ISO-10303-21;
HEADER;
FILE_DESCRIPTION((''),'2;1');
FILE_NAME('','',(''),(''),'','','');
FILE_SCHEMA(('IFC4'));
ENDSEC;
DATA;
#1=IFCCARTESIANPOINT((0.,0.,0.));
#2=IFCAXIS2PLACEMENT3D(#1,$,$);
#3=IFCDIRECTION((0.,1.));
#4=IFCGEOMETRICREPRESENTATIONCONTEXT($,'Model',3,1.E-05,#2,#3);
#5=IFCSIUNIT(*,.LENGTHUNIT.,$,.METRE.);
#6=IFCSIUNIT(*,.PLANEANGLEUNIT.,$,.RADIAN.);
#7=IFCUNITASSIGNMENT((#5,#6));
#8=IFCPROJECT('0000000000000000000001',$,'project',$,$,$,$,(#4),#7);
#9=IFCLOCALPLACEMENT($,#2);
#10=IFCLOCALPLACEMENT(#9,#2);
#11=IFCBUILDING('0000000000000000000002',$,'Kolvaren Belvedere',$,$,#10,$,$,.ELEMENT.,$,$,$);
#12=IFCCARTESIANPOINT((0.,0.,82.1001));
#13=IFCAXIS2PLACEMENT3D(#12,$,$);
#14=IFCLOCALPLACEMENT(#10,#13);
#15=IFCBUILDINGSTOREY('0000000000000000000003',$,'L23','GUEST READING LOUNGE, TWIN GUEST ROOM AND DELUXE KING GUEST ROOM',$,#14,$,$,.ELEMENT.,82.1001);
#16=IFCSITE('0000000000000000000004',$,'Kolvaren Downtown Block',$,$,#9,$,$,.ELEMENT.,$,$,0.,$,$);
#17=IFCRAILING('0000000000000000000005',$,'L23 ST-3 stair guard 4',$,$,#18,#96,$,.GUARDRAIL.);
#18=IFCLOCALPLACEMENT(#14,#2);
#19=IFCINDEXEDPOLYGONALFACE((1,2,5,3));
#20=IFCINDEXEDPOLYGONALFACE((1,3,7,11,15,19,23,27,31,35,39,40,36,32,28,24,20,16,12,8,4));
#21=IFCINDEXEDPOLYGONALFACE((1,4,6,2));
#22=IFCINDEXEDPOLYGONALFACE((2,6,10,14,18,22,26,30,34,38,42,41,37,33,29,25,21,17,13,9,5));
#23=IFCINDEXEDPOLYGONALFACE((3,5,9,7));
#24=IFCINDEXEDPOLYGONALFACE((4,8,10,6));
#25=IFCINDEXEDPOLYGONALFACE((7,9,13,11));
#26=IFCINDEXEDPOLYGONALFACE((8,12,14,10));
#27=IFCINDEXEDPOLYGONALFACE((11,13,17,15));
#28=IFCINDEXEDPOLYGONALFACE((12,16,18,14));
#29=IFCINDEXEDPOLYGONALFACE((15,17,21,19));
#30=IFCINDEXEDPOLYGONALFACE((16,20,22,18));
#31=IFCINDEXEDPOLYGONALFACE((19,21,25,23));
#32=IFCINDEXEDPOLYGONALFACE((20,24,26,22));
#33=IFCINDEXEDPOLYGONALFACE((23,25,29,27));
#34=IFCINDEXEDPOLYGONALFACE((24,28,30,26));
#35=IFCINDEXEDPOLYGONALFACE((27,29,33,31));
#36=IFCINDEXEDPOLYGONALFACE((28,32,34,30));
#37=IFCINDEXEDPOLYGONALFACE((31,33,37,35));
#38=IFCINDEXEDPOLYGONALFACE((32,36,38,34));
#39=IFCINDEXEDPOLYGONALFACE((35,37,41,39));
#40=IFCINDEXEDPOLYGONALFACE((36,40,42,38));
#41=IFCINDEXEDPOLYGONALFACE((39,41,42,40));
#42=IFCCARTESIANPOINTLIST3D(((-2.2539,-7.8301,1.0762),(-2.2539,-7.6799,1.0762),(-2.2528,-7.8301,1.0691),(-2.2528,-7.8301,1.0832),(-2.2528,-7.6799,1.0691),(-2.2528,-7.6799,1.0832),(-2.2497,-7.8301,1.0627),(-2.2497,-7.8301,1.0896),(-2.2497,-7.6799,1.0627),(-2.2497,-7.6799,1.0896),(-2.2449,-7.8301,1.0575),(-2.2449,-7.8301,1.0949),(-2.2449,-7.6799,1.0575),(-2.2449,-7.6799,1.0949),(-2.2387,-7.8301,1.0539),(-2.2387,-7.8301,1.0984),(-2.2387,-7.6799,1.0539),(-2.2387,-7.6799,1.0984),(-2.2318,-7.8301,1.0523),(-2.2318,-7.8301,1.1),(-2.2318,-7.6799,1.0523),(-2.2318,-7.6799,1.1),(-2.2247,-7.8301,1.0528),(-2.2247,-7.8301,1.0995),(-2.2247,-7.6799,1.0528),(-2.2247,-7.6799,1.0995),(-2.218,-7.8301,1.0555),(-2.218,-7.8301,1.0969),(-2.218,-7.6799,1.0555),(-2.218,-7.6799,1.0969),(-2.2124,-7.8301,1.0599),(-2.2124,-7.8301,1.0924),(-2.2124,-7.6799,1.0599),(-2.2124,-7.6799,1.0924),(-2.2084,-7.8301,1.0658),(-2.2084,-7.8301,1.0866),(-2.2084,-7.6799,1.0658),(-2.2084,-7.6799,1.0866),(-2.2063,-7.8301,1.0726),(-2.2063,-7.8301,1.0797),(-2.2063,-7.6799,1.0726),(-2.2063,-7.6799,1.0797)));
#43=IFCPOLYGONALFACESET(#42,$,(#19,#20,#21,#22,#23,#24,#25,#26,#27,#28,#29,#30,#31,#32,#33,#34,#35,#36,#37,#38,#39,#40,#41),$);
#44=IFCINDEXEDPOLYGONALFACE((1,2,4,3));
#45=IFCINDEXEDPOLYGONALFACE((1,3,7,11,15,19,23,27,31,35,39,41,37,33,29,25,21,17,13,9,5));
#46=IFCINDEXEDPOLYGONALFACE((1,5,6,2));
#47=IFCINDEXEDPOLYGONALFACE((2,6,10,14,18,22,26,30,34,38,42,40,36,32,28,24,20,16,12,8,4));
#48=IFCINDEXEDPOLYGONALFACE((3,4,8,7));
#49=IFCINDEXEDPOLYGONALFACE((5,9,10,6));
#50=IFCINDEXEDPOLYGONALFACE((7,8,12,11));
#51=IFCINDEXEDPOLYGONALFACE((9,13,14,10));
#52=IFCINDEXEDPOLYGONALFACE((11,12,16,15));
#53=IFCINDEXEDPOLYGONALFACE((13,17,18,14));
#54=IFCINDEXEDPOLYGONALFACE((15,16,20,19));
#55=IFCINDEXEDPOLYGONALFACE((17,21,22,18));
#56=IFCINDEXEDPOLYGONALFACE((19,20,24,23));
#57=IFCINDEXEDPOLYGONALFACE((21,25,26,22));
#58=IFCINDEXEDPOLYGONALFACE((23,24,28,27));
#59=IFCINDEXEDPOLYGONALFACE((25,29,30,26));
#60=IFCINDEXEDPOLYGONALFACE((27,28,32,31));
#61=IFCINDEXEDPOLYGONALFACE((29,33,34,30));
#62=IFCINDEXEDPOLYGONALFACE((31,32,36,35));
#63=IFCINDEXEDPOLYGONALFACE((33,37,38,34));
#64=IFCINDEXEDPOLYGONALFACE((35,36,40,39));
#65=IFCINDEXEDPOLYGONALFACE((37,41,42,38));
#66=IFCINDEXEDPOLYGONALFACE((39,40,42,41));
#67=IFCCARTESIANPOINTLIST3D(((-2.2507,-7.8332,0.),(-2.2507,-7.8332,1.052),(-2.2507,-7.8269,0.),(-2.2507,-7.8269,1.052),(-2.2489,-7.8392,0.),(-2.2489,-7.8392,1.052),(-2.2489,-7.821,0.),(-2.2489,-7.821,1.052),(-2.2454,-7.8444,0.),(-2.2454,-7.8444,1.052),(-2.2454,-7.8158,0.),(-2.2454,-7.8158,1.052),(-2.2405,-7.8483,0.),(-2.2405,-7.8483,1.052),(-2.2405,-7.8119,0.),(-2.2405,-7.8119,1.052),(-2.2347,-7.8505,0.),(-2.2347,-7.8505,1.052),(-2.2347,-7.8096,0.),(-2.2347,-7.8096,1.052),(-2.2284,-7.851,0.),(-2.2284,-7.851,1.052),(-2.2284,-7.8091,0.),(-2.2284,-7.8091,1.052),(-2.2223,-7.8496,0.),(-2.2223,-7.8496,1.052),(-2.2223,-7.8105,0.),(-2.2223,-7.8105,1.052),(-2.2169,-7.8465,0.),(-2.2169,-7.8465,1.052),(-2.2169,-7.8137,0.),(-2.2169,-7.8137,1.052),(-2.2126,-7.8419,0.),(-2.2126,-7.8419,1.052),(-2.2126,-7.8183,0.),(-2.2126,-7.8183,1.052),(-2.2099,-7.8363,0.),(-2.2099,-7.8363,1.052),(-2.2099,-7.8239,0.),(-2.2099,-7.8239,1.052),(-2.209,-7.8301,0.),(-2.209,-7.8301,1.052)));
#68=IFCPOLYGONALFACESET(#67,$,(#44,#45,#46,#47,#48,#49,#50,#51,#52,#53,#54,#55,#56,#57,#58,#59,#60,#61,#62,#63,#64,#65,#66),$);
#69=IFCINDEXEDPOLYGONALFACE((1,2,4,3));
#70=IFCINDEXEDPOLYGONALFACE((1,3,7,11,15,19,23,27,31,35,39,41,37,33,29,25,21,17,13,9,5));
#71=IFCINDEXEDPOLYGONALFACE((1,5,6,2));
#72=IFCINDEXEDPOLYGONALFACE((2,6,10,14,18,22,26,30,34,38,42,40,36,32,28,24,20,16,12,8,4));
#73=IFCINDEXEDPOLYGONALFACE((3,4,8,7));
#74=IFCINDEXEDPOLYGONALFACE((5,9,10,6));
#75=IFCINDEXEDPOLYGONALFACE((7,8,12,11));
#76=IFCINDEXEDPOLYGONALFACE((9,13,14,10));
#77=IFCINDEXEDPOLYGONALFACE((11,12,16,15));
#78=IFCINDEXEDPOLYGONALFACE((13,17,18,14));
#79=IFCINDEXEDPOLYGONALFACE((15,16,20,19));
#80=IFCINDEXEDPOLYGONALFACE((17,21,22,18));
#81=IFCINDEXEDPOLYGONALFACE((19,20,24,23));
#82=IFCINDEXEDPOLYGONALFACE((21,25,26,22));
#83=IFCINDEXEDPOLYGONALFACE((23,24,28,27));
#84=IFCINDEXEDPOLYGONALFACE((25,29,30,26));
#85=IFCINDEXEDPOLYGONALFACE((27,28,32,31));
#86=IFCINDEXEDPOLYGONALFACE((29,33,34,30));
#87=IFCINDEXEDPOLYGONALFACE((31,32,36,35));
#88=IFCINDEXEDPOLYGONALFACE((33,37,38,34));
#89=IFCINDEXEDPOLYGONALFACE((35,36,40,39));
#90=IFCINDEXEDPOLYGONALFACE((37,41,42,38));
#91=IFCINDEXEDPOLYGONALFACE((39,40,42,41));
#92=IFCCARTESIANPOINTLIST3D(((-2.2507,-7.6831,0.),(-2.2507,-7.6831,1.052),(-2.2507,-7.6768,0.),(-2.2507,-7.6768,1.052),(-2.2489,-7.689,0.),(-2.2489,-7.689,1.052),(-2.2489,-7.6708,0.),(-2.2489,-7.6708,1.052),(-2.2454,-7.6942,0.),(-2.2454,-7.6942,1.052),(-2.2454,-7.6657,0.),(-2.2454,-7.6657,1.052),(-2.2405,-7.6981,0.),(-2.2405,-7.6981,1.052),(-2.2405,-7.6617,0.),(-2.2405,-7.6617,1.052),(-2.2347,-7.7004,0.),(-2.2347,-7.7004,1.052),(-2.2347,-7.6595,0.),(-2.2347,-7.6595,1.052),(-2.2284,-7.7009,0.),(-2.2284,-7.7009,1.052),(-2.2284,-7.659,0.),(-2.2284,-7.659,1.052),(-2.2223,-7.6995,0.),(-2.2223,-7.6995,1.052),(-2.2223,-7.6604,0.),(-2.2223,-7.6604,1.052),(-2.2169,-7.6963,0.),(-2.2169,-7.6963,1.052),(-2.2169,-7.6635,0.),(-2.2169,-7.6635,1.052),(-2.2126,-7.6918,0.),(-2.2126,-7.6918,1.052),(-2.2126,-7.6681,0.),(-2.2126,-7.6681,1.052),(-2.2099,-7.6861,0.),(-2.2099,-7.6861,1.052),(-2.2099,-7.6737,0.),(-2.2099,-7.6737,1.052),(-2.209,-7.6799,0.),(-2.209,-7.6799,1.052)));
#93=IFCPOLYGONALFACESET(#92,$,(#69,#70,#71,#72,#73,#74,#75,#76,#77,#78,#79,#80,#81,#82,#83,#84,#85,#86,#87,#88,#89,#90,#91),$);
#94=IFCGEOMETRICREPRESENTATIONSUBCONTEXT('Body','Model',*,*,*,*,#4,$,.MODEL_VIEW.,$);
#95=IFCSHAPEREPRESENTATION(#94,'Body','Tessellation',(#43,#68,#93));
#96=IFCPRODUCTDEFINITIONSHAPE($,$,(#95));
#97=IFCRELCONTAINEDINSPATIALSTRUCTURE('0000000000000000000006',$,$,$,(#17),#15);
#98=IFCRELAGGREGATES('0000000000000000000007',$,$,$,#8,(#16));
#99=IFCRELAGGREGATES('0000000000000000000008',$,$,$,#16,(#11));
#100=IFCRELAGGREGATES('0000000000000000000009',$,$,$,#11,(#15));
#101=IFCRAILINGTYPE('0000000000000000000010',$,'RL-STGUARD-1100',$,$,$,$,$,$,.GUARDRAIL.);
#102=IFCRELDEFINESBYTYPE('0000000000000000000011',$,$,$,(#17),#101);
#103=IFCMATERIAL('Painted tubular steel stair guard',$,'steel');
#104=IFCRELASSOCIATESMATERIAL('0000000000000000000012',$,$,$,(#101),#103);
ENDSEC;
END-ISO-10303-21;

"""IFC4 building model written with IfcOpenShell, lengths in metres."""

from ifc_helpers import new_model, si_unit, direction, frame, origin, origin_2d, place, context, subcontext, project, spatial, circle, extrude, material, type_object, element, save


model = new_model("IFC4")

# Units and contexts
model_context = context("Model", 3, precision=1e-05, world=origin(), true_north=direction((0.0, 1.0)))
body_context = subcontext(model_context, "Body", "Model", "MODEL_VIEW")
ifc_project = project(units=[si_unit("LENGTHUNIT", "METRE"), si_unit("PLANEANGLEUNIT", "RADIAN")], contexts=[model_context])

# Site, building, storey
site_placement = place(None, origin())
site = spatial("IfcSite", under=ifc_project, at=site_placement, Name="Kolvaren Downtown Block", CompositionType="ELEMENT", RefElevation=0.0)
building_placement = place(site_placement, origin())
building = spatial("IfcBuilding", under=site, at=building_placement, Name="Kolvaren Belvedere", CompositionType="ELEMENT")
storey_placement = place(building_placement, frame((0.0, 0.0, 82.1001)))
storey = spatial("IfcBuildingStorey", under=building, at=storey_placement, Name="L23", Description="GUEST READING LOUNGE, TWIN GUEST ROOM AND DELUXE KING GUEST ROOM", CompositionType="ELEMENT", Elevation=82.1001)

# Railing
ifc_material_1 = material(Name="Painted tubular steel stair guard", Category="steel")
railing_type_1 = type_object("IfcRailingType", Name="RL-STGUARD-1100", PredefinedType="GUARDRAIL", material=ifc_material_1)
railing_1_placement = place(storey_placement, frame((-2.23, -7.8301, 0.0)))
element("IfcRailing", 1, at=railing_1_placement, inside=storey, type_object=railing_type_1, Name="L23 ST-3 stair guard 4", PredefinedType="GUARDRAIL", context=body_context, shape_type="SweptSolid", body=[
    extrude(circle(Radius=0.0239, at=origin_2d()), frame((0.0, 0.0, 1.0762), z_axis=(0.0, 1.0, 0.0), x_axis=(-1.0, 0.0, 0.0)), (0.0, 0.0, 1.0), 0.1501),
    extrude(circle(Radius=0.021, at=origin_2d()), origin(), (0.0, 0.0, 1.0), 1.052),
    extrude(circle(Radius=0.021, at=origin_2d()), frame((0.0, 0.1501, 0.0)), (0.0, 0.0, 1.0), 1.052),
])

save(model, "model.ifc")
